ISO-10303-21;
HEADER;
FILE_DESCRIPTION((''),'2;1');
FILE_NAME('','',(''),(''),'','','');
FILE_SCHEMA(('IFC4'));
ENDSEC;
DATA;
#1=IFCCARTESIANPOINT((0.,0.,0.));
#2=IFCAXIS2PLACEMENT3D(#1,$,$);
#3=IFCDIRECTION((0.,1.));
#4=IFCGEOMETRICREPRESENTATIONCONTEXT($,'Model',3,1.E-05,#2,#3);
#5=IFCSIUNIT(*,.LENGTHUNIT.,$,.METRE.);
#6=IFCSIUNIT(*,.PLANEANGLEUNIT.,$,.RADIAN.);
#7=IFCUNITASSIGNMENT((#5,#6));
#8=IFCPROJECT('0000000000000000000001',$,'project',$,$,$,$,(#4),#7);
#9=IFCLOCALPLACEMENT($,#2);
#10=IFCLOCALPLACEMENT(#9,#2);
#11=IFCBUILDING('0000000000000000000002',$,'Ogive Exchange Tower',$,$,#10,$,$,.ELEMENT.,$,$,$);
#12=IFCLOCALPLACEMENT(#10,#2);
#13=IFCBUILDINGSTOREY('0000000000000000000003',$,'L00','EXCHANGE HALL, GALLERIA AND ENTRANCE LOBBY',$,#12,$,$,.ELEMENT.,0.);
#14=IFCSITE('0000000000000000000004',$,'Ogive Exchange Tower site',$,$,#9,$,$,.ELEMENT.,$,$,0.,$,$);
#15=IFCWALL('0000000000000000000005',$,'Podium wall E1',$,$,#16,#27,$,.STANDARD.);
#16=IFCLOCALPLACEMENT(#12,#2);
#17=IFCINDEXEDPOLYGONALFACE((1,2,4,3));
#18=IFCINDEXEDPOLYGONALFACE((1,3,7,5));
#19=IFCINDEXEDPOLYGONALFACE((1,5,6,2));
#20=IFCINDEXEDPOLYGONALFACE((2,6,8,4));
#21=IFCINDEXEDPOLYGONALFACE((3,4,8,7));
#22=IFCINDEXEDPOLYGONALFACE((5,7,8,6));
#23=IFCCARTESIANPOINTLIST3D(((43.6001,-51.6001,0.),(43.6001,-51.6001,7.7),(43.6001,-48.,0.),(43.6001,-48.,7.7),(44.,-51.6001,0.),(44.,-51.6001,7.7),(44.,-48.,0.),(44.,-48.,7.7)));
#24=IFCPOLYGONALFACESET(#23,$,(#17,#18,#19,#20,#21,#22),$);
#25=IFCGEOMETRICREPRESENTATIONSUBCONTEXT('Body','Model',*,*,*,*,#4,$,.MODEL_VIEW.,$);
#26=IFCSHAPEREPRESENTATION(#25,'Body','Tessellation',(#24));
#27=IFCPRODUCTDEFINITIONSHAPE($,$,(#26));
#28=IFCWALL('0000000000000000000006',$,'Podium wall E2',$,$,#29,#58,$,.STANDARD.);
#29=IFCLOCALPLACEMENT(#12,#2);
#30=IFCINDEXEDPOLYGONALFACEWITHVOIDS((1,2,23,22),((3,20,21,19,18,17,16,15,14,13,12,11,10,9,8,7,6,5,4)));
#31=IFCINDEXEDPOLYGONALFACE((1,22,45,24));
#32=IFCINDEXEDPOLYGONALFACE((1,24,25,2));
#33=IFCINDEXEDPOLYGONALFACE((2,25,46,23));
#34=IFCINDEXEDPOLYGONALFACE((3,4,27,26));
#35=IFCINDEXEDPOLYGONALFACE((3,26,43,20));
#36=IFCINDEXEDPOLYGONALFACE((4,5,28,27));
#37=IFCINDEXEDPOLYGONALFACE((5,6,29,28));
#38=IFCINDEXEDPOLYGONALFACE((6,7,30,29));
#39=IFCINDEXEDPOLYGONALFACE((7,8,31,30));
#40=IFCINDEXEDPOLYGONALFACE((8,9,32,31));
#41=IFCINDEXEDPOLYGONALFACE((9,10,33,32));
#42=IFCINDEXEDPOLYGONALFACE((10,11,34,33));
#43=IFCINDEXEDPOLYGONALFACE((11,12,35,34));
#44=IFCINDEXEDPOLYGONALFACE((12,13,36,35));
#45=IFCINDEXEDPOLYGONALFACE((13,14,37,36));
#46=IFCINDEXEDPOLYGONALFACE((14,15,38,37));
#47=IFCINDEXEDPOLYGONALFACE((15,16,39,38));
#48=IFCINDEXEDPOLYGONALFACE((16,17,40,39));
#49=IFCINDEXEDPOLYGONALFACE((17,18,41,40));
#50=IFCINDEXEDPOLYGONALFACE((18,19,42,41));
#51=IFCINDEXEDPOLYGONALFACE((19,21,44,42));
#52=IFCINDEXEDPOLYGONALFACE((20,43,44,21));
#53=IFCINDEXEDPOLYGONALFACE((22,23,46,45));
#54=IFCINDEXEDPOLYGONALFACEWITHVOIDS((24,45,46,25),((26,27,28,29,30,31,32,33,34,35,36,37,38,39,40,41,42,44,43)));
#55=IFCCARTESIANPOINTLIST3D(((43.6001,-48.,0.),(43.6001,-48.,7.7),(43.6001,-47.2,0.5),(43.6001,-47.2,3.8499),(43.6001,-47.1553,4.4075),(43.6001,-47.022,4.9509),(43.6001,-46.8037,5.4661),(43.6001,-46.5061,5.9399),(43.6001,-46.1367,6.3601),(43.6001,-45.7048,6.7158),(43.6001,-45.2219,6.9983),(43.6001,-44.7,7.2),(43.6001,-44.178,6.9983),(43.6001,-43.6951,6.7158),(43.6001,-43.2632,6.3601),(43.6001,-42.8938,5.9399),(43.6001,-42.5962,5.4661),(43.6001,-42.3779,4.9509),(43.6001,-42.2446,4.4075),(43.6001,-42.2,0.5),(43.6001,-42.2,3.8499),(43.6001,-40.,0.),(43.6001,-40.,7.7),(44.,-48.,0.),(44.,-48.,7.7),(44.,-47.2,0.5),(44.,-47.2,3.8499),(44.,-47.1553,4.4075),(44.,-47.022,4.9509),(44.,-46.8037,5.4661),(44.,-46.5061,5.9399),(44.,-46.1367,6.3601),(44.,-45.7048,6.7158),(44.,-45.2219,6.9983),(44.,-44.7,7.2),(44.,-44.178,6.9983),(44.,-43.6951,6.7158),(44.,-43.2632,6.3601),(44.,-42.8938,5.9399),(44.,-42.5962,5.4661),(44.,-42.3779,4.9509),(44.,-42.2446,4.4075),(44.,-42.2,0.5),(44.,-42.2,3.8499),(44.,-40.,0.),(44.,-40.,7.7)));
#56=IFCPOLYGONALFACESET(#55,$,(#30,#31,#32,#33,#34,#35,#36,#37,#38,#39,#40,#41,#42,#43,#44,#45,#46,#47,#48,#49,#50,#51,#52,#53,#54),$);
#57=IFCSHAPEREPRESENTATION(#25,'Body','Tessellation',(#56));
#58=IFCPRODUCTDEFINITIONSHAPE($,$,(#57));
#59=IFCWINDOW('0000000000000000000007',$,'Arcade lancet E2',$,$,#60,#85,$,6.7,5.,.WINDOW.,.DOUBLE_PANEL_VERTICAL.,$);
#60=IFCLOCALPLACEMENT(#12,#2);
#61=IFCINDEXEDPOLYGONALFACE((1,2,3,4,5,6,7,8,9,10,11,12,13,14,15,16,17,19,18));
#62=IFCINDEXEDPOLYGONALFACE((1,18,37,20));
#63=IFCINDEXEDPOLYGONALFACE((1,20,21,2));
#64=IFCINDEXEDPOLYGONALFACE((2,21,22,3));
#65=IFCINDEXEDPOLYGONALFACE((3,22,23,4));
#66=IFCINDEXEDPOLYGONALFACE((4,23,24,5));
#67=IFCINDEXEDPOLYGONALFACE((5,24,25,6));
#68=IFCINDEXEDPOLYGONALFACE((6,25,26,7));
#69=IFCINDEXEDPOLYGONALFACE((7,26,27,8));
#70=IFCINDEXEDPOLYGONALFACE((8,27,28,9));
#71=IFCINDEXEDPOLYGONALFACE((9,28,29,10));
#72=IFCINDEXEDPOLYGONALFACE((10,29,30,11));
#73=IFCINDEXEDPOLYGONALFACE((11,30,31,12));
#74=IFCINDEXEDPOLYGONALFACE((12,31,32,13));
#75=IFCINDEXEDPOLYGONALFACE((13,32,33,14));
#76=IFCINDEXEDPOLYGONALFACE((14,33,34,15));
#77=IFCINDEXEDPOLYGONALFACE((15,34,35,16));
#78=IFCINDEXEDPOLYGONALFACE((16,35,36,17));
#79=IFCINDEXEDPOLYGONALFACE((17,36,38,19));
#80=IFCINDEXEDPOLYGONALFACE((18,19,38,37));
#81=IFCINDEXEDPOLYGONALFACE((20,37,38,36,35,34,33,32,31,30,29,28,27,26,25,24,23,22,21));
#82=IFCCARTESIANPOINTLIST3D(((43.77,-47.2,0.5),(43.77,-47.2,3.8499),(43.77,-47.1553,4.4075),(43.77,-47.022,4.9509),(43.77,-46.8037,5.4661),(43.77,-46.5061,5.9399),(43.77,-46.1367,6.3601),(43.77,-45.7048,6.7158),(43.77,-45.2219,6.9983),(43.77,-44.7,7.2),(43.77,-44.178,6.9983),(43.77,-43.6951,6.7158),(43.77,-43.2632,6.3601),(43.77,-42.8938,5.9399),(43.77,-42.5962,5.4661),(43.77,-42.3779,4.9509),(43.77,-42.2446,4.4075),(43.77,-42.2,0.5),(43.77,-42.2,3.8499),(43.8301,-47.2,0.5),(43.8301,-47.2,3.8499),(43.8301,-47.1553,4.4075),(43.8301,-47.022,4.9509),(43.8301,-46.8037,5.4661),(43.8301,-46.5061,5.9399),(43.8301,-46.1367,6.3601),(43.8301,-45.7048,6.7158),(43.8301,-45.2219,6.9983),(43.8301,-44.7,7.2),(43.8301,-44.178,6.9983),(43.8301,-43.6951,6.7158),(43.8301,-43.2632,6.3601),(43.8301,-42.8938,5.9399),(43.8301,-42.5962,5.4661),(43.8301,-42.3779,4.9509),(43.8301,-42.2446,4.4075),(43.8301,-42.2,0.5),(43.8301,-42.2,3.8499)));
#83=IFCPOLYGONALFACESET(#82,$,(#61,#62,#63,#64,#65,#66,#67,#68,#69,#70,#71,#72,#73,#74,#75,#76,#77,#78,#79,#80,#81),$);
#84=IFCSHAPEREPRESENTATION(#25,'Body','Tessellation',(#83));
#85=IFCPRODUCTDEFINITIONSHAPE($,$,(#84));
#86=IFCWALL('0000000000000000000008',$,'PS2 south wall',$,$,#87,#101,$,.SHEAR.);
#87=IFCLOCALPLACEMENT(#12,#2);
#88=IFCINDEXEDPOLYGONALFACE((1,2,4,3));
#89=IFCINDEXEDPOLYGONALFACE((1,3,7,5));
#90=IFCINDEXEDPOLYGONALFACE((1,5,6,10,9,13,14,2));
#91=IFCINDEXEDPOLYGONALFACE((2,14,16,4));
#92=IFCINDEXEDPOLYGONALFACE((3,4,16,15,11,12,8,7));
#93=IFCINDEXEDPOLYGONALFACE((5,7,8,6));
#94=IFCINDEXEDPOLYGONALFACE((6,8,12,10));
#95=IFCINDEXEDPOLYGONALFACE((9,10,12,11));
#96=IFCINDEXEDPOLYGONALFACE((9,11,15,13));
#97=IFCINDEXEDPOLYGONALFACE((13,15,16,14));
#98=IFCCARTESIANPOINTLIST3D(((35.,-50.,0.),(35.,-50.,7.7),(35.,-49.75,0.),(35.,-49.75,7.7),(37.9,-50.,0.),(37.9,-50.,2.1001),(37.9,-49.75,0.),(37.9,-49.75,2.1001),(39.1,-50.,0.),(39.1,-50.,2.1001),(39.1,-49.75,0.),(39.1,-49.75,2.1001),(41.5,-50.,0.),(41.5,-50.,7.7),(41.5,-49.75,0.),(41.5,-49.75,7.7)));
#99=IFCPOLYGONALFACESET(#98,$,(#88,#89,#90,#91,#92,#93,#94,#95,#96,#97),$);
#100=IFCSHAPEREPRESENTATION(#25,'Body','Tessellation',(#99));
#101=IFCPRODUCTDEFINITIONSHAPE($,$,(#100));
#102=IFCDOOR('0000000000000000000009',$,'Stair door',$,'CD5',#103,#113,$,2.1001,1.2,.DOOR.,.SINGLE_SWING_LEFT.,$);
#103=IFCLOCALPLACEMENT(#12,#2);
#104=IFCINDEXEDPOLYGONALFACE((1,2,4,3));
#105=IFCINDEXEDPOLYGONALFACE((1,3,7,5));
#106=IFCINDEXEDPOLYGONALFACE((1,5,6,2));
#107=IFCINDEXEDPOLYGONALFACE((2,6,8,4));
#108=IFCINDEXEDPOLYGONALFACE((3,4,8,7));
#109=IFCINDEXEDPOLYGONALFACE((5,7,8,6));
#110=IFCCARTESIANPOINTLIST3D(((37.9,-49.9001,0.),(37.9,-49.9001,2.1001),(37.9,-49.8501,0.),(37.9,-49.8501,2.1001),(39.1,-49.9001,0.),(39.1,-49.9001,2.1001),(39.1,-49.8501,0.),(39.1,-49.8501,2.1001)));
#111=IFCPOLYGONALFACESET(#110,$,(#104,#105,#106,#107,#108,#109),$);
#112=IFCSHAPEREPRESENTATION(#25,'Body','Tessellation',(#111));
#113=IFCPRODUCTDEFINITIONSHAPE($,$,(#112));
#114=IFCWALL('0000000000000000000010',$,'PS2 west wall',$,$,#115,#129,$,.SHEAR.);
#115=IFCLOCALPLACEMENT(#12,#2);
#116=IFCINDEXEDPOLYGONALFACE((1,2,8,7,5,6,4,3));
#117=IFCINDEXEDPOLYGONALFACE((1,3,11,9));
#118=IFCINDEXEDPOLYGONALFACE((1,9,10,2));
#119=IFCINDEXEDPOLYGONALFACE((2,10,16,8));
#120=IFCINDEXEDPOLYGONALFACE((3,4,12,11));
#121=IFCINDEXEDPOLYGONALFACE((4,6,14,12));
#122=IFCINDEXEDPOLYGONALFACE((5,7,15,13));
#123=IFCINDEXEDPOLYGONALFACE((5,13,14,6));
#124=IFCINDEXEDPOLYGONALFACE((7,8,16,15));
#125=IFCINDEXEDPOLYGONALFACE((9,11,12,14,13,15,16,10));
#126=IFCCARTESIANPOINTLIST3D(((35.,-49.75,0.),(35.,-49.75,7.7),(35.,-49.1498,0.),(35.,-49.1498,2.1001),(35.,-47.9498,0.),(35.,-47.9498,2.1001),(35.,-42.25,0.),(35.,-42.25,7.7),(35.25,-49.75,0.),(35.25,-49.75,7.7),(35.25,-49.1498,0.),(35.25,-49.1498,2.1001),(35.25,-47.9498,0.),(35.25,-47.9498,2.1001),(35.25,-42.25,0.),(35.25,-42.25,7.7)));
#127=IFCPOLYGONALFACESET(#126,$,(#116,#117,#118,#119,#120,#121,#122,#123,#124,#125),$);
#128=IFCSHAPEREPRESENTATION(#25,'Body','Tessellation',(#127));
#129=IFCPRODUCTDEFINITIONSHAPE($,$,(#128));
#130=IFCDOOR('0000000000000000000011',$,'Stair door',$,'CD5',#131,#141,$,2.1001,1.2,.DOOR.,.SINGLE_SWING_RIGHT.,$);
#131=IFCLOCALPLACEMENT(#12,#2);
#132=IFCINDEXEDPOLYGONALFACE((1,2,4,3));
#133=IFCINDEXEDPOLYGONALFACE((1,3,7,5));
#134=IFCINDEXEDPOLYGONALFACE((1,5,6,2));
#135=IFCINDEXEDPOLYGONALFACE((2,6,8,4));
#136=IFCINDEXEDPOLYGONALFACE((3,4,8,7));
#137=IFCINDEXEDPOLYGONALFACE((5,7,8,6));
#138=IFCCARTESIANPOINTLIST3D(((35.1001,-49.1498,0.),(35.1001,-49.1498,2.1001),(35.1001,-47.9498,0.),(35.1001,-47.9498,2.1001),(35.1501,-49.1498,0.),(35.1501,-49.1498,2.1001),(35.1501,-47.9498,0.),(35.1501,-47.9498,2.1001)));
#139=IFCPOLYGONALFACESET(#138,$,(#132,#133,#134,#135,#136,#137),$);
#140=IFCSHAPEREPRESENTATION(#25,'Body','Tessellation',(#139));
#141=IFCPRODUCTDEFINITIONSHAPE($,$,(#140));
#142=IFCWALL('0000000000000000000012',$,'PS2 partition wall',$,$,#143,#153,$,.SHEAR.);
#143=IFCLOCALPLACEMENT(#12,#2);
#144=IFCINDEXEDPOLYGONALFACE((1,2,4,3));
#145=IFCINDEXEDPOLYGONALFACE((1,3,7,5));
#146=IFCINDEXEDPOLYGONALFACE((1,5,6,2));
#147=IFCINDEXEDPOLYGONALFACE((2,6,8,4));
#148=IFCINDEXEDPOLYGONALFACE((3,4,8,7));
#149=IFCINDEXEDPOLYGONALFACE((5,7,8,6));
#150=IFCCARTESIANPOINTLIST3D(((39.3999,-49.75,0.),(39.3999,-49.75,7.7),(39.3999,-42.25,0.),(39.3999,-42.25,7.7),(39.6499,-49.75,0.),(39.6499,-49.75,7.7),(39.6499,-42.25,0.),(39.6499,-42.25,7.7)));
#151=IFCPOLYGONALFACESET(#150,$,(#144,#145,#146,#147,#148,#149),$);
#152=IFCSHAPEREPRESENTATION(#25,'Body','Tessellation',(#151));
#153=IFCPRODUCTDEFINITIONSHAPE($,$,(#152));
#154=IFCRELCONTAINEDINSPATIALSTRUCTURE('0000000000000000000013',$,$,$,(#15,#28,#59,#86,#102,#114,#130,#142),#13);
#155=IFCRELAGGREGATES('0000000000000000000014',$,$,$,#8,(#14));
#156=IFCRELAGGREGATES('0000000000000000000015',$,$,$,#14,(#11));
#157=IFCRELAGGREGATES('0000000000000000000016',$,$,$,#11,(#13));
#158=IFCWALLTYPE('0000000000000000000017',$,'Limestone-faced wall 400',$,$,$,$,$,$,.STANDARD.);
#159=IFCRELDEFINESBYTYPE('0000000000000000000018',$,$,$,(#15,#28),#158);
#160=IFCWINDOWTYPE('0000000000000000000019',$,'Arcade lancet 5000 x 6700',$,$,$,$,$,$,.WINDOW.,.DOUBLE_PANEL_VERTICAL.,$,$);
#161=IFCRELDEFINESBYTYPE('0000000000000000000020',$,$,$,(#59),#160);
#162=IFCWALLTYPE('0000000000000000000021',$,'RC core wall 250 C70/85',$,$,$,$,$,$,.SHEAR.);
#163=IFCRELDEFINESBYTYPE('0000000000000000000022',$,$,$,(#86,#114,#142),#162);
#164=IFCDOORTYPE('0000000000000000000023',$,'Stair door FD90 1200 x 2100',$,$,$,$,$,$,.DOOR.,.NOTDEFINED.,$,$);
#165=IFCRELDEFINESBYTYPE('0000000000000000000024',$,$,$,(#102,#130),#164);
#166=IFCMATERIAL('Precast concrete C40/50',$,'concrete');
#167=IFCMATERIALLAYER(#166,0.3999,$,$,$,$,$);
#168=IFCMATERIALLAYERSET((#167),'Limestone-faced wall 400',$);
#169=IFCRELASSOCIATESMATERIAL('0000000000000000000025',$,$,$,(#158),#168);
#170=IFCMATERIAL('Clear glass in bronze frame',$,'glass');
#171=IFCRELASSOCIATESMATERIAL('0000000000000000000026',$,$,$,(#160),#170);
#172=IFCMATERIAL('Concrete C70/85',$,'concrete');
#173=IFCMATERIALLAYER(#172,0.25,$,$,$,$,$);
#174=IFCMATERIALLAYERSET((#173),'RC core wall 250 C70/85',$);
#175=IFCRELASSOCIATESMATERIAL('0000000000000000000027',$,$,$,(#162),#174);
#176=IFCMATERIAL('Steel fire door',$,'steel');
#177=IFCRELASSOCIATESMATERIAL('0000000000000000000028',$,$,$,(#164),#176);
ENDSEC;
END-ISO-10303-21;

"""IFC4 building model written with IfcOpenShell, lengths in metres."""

from ifc_helpers import new_model, si_unit, direction, frame, frame_2d, origin, place, context, subcontext, project, spatial, polyline, rectangle, outline, extrude, material, layer, layer_set, type_object, element, fill, save


model = new_model("IFC4")

# Units and contexts
model_context = context("Model", 3, precision=1e-05, world=origin(), true_north=direction((0.0, 1.0)))
body_context = subcontext(model_context, "Body", "Model", "MODEL_VIEW")
ifc_project = project(units=[si_unit("LENGTHUNIT", "METRE"), si_unit("PLANEANGLEUNIT", "RADIAN")], contexts=[model_context])

# Site, building, storey
site_placement = place(None, origin())
site = spatial("IfcSite", under=ifc_project, at=site_placement, Name="Ogive Exchange Tower site", CompositionType="ELEMENT", RefElevation=0.0)
building_placement = place(site_placement, origin())
building = spatial("IfcBuilding", under=site, at=building_placement, Name="Ogive Exchange Tower", CompositionType="ELEMENT")
storey_placement = place(building_placement, origin())
storey = spatial("IfcBuildingStorey", under=building, at=storey_placement, Name="L00", Description="EXCHANGE HALL, GALLERIA AND ENTRANCE LOBBY", CompositionType="ELEMENT", Elevation=0.0)

# Shared definitions
ifc_material_1 = material(Name="Concrete C70/85", Category="concrete")

# Shared definitions
ifc_material_2 = material(Name="Precast concrete C40/50", Category="concrete")

# Shared definitions
ifc_layer_1 = layer(ifc_material_2, 0.3999)
ifc_layer_set_1 = layer_set([ifc_layer_1], Name="Limestone-faced wall 400")
wall_type_1 = type_object("IfcWallType", Name="Limestone-faced wall 400", PredefinedType="STANDARD", material=ifc_layer_set_1)

# Wall
wall_1_placement = place(storey_placement, frame((43.8, -51.6001, 0.0), z_axis=(0.0, 0.0, 1.0), x_axis=(0.0, 1.0, 0.0)))
element("IfcWall", 1, at=wall_1_placement, inside=storey, type_object=wall_type_1, Name="Podium wall E1", PredefinedType="STANDARD", context=body_context, shape_type="SweptSolid", body=[
    extrude(rectangle(XDim=3.6001, YDim=0.3999, at=frame_2d((1.8, 0.0))), origin(), (0.0, 0.0, 1.0), 7.7),
])

# Wall, opening, window
wall_2_placement = place(storey_placement, frame((43.8, -48.0, 0.0), z_axis=(0.0, 0.0, 1.0), x_axis=(0.0, 1.0, 0.0)))
wall_2 = element("IfcWall", 2, at=wall_2_placement, inside=storey, type_object=wall_type_1, Name="Podium wall E2", PredefinedType="STANDARD", context=body_context, shape_type="SweptSolid", body=[
    extrude(rectangle(XDim=8.0, YDim=0.3999, at=frame_2d((4.0, 0.0))), origin(), (0.0, 0.0, 1.0), 7.7),
])
opening_1_placement = place(wall_2_placement, frame((0.8, 0.0, 0.5)))
opening_1 = element("IfcOpeningElement", 3, at=opening_1_placement, cuts=wall_2, PredefinedType="OPENING", context=body_context, shape_type="SweptSolid", body=[
    extrude(outline(polyline([(0.0, 0.0), (5.0, 0.0), (5.0, 3.3499), (4.9553, 3.9075), (4.822, 4.4509), (4.6038, 4.9661), (4.3062, 5.4399), (3.9368, 5.8601), (3.5049, 6.2158), (3.022, 6.4983), (2.5, 6.7), (1.978, 6.4983), (1.4951, 6.2158), (1.0632, 5.8601), (0.6938, 5.4399), (0.3962, 4.9661), (0.178, 4.4509), (0.0447, 3.9075), (0.0, 3.3499), (0.0, 0.0)])), frame((0.0, 0.21, 0.0), z_axis=(0.0, -1.0, 0.0), x_axis=(1.0, 0.0, 0.0)), (0.0, 0.0, 1.0), 0.4199),
])
ifc_material_3 = material(Name="Clear glass in bronze frame", Category="glass")
window_type = type_object("IfcWindowType", Name="Arcade lancet 5000 x 6700", PartitioningType="DOUBLE_PANEL_VERTICAL", PredefinedType="WINDOW", material=ifc_material_3)
window_placement = place(opening_1_placement, origin())
window = element("IfcWindow", 4, at=window_placement, inside=storey, type_object=window_type, Name="Arcade lancet E2", OverallHeight=6.7, OverallWidth=5.0, PartitioningType="DOUBLE_PANEL_VERTICAL", PredefinedType="WINDOW", context=body_context, shape_type="SweptSolid", body=[
    extrude(outline(polyline([(0.0, 0.0), (5.0, 0.0), (5.0, 3.3499), (4.9553, 3.9075), (4.822, 4.4509), (4.6038, 4.9661), (4.3062, 5.4399), (3.9368, 5.8601), (3.5049, 6.2158), (3.022, 6.4983), (2.5, 6.7), (1.978, 6.4983), (1.4951, 6.2158), (1.0632, 5.8601), (0.6938, 5.4399), (0.3962, 4.9661), (0.178, 4.4509), (0.0447, 3.9075), (0.0, 3.3499), (0.0, 0.0)])), frame((0.0, 0.03, 0.0), z_axis=(0.0, -1.0, 0.0), x_axis=(1.0, 0.0, 0.0)), (0.0, 0.0, 1.0), 0.0601),
])
fill(opening_1, window)

# Walls, openings, doors
ifc_layer_2 = layer(ifc_material_1, 0.25)
ifc_layer_set_2 = layer_set([ifc_layer_2], Name="RC core wall 250 C70/85")
wall_type_2 = type_object("IfcWallType", Name="RC core wall 250 C70/85", PredefinedType="SHEAR", material=ifc_layer_set_2)
wall_3_placement = place(storey_placement, frame((35.0, -49.875, 0.0), z_axis=(0.0, 0.0, 1.0), x_axis=(1.0, 0.0, 0.0)))
wall_3 = element("IfcWall", 5, at=wall_3_placement, inside=storey, type_object=wall_type_2, Name="PS2 south wall", PredefinedType="SHEAR", context=body_context, shape_type="SweptSolid", body=[
    extrude(rectangle(XDim=6.5, YDim=0.25, at=frame_2d((3.25, 0.0))), origin(), (0.0, 0.0, 1.0), 7.7),
])
opening_2_placement = place(wall_3_placement, frame((2.8999, 0.0, 0.0)))
opening_2 = element("IfcOpeningElement", 6, at=opening_2_placement, cuts=wall_3, PredefinedType="OPENING", context=body_context, shape_type="SweptSolid", body=[
    extrude(rectangle(XDim=1.2, YDim=2.1001, at=frame_2d((0.6001, 1.05))), frame((0.0, 0.135, 0.0), z_axis=(0.0, -1.0, 0.0), x_axis=(1.0, 0.0, 0.0)), (0.0, 0.0, 1.0), 0.27),
])
ifc_material_4 = material(Name="Steel fire door", Category="steel")
door_type_1 = type_object("IfcDoorType", Name="Stair door FD90 1200 x 2100", OperationType="NOTDEFINED", PredefinedType="DOOR", material=ifc_material_4)
door_1_placement = place(opening_2_placement, origin())
door_1 = element("IfcDoor", 7, at=door_1_placement, inside=storey, type_object=door_type_1, Name="Stair door", ObjectType="CD5", OperationType="SINGLE_SWING_LEFT", OverallHeight=2.1001, OverallWidth=1.2, PredefinedType="DOOR", context=body_context, shape_type="SweptSolid", body=[
    extrude(rectangle(XDim=1.2, YDim=2.1001, at=frame_2d((0.6001, 1.05))), frame((0.0, 0.0249, 0.0), z_axis=(0.0, -1.0, 0.0), x_axis=(1.0, 0.0, 0.0)), (0.0, 0.0, 1.0), 0.05),
])
fill(opening_2, door_1)
wall_4_placement = place(storey_placement, frame((35.125, -49.75, 0.0), z_axis=(0.0, 0.0, 1.0), x_axis=(0.0, 1.0, 0.0)))
wall_4 = element("IfcWall", 8, at=wall_4_placement, inside=storey, type_object=wall_type_2, Name="PS2 west wall", PredefinedType="SHEAR", context=body_context, shape_type="SweptSolid", body=[
    extrude(rectangle(XDim=7.5, YDim=0.25, at=frame_2d((3.75, 0.0))), origin(), (0.0, 0.0, 1.0), 7.7),
])
opening_3_placement = place(wall_4_placement, frame((0.6001, 0.0, 0.0)))
opening_3 = element("IfcOpeningElement", 9, at=opening_3_placement, cuts=wall_4, PredefinedType="OPENING", context=body_context, shape_type="SweptSolid", body=[
    extrude(rectangle(XDim=1.2, YDim=2.1001, at=frame_2d((0.6001, 1.05))), frame((0.0, 0.135, 0.0), z_axis=(0.0, -1.0, 0.0), x_axis=(1.0, 0.0, 0.0)), (0.0, 0.0, 1.0), 0.27),
])
door_2_placement = place(opening_3_placement, origin())
door_2 = element("IfcDoor", 10, at=door_2_placement, inside=storey, type_object=door_type_1, Name="Stair door", ObjectType="CD5", OperationType="SINGLE_SWING_RIGHT", OverallHeight=2.1001, OverallWidth=1.2, PredefinedType="DOOR", context=body_context, shape_type="SweptSolid", body=[
    extrude(rectangle(XDim=1.2, YDim=2.1001, at=frame_2d((0.6001, 1.05))), frame((0.0, 0.0249, 0.0), z_axis=(0.0, -1.0, 0.0), x_axis=(1.0, 0.0, 0.0)), (0.0, 0.0, 1.0), 0.05),
])
fill(opening_3, door_2)

# Wall
wall_5_placement = place(storey_placement, frame((39.5249, -49.75, 0.0), z_axis=(0.0, 0.0, 1.0), x_axis=(0.0, 1.0, 0.0)))
element("IfcWall", 11, at=wall_5_placement, inside=storey, type_object=wall_type_2, Name="PS2 partition wall", PredefinedType="SHEAR", context=body_context, shape_type="SweptSolid", body=[
    extrude(rectangle(XDim=7.5, YDim=0.25, at=frame_2d((3.75, 0.0))), origin(), (0.0, 0.0, 1.0), 7.7),
])

save(model, "model.ifc")
